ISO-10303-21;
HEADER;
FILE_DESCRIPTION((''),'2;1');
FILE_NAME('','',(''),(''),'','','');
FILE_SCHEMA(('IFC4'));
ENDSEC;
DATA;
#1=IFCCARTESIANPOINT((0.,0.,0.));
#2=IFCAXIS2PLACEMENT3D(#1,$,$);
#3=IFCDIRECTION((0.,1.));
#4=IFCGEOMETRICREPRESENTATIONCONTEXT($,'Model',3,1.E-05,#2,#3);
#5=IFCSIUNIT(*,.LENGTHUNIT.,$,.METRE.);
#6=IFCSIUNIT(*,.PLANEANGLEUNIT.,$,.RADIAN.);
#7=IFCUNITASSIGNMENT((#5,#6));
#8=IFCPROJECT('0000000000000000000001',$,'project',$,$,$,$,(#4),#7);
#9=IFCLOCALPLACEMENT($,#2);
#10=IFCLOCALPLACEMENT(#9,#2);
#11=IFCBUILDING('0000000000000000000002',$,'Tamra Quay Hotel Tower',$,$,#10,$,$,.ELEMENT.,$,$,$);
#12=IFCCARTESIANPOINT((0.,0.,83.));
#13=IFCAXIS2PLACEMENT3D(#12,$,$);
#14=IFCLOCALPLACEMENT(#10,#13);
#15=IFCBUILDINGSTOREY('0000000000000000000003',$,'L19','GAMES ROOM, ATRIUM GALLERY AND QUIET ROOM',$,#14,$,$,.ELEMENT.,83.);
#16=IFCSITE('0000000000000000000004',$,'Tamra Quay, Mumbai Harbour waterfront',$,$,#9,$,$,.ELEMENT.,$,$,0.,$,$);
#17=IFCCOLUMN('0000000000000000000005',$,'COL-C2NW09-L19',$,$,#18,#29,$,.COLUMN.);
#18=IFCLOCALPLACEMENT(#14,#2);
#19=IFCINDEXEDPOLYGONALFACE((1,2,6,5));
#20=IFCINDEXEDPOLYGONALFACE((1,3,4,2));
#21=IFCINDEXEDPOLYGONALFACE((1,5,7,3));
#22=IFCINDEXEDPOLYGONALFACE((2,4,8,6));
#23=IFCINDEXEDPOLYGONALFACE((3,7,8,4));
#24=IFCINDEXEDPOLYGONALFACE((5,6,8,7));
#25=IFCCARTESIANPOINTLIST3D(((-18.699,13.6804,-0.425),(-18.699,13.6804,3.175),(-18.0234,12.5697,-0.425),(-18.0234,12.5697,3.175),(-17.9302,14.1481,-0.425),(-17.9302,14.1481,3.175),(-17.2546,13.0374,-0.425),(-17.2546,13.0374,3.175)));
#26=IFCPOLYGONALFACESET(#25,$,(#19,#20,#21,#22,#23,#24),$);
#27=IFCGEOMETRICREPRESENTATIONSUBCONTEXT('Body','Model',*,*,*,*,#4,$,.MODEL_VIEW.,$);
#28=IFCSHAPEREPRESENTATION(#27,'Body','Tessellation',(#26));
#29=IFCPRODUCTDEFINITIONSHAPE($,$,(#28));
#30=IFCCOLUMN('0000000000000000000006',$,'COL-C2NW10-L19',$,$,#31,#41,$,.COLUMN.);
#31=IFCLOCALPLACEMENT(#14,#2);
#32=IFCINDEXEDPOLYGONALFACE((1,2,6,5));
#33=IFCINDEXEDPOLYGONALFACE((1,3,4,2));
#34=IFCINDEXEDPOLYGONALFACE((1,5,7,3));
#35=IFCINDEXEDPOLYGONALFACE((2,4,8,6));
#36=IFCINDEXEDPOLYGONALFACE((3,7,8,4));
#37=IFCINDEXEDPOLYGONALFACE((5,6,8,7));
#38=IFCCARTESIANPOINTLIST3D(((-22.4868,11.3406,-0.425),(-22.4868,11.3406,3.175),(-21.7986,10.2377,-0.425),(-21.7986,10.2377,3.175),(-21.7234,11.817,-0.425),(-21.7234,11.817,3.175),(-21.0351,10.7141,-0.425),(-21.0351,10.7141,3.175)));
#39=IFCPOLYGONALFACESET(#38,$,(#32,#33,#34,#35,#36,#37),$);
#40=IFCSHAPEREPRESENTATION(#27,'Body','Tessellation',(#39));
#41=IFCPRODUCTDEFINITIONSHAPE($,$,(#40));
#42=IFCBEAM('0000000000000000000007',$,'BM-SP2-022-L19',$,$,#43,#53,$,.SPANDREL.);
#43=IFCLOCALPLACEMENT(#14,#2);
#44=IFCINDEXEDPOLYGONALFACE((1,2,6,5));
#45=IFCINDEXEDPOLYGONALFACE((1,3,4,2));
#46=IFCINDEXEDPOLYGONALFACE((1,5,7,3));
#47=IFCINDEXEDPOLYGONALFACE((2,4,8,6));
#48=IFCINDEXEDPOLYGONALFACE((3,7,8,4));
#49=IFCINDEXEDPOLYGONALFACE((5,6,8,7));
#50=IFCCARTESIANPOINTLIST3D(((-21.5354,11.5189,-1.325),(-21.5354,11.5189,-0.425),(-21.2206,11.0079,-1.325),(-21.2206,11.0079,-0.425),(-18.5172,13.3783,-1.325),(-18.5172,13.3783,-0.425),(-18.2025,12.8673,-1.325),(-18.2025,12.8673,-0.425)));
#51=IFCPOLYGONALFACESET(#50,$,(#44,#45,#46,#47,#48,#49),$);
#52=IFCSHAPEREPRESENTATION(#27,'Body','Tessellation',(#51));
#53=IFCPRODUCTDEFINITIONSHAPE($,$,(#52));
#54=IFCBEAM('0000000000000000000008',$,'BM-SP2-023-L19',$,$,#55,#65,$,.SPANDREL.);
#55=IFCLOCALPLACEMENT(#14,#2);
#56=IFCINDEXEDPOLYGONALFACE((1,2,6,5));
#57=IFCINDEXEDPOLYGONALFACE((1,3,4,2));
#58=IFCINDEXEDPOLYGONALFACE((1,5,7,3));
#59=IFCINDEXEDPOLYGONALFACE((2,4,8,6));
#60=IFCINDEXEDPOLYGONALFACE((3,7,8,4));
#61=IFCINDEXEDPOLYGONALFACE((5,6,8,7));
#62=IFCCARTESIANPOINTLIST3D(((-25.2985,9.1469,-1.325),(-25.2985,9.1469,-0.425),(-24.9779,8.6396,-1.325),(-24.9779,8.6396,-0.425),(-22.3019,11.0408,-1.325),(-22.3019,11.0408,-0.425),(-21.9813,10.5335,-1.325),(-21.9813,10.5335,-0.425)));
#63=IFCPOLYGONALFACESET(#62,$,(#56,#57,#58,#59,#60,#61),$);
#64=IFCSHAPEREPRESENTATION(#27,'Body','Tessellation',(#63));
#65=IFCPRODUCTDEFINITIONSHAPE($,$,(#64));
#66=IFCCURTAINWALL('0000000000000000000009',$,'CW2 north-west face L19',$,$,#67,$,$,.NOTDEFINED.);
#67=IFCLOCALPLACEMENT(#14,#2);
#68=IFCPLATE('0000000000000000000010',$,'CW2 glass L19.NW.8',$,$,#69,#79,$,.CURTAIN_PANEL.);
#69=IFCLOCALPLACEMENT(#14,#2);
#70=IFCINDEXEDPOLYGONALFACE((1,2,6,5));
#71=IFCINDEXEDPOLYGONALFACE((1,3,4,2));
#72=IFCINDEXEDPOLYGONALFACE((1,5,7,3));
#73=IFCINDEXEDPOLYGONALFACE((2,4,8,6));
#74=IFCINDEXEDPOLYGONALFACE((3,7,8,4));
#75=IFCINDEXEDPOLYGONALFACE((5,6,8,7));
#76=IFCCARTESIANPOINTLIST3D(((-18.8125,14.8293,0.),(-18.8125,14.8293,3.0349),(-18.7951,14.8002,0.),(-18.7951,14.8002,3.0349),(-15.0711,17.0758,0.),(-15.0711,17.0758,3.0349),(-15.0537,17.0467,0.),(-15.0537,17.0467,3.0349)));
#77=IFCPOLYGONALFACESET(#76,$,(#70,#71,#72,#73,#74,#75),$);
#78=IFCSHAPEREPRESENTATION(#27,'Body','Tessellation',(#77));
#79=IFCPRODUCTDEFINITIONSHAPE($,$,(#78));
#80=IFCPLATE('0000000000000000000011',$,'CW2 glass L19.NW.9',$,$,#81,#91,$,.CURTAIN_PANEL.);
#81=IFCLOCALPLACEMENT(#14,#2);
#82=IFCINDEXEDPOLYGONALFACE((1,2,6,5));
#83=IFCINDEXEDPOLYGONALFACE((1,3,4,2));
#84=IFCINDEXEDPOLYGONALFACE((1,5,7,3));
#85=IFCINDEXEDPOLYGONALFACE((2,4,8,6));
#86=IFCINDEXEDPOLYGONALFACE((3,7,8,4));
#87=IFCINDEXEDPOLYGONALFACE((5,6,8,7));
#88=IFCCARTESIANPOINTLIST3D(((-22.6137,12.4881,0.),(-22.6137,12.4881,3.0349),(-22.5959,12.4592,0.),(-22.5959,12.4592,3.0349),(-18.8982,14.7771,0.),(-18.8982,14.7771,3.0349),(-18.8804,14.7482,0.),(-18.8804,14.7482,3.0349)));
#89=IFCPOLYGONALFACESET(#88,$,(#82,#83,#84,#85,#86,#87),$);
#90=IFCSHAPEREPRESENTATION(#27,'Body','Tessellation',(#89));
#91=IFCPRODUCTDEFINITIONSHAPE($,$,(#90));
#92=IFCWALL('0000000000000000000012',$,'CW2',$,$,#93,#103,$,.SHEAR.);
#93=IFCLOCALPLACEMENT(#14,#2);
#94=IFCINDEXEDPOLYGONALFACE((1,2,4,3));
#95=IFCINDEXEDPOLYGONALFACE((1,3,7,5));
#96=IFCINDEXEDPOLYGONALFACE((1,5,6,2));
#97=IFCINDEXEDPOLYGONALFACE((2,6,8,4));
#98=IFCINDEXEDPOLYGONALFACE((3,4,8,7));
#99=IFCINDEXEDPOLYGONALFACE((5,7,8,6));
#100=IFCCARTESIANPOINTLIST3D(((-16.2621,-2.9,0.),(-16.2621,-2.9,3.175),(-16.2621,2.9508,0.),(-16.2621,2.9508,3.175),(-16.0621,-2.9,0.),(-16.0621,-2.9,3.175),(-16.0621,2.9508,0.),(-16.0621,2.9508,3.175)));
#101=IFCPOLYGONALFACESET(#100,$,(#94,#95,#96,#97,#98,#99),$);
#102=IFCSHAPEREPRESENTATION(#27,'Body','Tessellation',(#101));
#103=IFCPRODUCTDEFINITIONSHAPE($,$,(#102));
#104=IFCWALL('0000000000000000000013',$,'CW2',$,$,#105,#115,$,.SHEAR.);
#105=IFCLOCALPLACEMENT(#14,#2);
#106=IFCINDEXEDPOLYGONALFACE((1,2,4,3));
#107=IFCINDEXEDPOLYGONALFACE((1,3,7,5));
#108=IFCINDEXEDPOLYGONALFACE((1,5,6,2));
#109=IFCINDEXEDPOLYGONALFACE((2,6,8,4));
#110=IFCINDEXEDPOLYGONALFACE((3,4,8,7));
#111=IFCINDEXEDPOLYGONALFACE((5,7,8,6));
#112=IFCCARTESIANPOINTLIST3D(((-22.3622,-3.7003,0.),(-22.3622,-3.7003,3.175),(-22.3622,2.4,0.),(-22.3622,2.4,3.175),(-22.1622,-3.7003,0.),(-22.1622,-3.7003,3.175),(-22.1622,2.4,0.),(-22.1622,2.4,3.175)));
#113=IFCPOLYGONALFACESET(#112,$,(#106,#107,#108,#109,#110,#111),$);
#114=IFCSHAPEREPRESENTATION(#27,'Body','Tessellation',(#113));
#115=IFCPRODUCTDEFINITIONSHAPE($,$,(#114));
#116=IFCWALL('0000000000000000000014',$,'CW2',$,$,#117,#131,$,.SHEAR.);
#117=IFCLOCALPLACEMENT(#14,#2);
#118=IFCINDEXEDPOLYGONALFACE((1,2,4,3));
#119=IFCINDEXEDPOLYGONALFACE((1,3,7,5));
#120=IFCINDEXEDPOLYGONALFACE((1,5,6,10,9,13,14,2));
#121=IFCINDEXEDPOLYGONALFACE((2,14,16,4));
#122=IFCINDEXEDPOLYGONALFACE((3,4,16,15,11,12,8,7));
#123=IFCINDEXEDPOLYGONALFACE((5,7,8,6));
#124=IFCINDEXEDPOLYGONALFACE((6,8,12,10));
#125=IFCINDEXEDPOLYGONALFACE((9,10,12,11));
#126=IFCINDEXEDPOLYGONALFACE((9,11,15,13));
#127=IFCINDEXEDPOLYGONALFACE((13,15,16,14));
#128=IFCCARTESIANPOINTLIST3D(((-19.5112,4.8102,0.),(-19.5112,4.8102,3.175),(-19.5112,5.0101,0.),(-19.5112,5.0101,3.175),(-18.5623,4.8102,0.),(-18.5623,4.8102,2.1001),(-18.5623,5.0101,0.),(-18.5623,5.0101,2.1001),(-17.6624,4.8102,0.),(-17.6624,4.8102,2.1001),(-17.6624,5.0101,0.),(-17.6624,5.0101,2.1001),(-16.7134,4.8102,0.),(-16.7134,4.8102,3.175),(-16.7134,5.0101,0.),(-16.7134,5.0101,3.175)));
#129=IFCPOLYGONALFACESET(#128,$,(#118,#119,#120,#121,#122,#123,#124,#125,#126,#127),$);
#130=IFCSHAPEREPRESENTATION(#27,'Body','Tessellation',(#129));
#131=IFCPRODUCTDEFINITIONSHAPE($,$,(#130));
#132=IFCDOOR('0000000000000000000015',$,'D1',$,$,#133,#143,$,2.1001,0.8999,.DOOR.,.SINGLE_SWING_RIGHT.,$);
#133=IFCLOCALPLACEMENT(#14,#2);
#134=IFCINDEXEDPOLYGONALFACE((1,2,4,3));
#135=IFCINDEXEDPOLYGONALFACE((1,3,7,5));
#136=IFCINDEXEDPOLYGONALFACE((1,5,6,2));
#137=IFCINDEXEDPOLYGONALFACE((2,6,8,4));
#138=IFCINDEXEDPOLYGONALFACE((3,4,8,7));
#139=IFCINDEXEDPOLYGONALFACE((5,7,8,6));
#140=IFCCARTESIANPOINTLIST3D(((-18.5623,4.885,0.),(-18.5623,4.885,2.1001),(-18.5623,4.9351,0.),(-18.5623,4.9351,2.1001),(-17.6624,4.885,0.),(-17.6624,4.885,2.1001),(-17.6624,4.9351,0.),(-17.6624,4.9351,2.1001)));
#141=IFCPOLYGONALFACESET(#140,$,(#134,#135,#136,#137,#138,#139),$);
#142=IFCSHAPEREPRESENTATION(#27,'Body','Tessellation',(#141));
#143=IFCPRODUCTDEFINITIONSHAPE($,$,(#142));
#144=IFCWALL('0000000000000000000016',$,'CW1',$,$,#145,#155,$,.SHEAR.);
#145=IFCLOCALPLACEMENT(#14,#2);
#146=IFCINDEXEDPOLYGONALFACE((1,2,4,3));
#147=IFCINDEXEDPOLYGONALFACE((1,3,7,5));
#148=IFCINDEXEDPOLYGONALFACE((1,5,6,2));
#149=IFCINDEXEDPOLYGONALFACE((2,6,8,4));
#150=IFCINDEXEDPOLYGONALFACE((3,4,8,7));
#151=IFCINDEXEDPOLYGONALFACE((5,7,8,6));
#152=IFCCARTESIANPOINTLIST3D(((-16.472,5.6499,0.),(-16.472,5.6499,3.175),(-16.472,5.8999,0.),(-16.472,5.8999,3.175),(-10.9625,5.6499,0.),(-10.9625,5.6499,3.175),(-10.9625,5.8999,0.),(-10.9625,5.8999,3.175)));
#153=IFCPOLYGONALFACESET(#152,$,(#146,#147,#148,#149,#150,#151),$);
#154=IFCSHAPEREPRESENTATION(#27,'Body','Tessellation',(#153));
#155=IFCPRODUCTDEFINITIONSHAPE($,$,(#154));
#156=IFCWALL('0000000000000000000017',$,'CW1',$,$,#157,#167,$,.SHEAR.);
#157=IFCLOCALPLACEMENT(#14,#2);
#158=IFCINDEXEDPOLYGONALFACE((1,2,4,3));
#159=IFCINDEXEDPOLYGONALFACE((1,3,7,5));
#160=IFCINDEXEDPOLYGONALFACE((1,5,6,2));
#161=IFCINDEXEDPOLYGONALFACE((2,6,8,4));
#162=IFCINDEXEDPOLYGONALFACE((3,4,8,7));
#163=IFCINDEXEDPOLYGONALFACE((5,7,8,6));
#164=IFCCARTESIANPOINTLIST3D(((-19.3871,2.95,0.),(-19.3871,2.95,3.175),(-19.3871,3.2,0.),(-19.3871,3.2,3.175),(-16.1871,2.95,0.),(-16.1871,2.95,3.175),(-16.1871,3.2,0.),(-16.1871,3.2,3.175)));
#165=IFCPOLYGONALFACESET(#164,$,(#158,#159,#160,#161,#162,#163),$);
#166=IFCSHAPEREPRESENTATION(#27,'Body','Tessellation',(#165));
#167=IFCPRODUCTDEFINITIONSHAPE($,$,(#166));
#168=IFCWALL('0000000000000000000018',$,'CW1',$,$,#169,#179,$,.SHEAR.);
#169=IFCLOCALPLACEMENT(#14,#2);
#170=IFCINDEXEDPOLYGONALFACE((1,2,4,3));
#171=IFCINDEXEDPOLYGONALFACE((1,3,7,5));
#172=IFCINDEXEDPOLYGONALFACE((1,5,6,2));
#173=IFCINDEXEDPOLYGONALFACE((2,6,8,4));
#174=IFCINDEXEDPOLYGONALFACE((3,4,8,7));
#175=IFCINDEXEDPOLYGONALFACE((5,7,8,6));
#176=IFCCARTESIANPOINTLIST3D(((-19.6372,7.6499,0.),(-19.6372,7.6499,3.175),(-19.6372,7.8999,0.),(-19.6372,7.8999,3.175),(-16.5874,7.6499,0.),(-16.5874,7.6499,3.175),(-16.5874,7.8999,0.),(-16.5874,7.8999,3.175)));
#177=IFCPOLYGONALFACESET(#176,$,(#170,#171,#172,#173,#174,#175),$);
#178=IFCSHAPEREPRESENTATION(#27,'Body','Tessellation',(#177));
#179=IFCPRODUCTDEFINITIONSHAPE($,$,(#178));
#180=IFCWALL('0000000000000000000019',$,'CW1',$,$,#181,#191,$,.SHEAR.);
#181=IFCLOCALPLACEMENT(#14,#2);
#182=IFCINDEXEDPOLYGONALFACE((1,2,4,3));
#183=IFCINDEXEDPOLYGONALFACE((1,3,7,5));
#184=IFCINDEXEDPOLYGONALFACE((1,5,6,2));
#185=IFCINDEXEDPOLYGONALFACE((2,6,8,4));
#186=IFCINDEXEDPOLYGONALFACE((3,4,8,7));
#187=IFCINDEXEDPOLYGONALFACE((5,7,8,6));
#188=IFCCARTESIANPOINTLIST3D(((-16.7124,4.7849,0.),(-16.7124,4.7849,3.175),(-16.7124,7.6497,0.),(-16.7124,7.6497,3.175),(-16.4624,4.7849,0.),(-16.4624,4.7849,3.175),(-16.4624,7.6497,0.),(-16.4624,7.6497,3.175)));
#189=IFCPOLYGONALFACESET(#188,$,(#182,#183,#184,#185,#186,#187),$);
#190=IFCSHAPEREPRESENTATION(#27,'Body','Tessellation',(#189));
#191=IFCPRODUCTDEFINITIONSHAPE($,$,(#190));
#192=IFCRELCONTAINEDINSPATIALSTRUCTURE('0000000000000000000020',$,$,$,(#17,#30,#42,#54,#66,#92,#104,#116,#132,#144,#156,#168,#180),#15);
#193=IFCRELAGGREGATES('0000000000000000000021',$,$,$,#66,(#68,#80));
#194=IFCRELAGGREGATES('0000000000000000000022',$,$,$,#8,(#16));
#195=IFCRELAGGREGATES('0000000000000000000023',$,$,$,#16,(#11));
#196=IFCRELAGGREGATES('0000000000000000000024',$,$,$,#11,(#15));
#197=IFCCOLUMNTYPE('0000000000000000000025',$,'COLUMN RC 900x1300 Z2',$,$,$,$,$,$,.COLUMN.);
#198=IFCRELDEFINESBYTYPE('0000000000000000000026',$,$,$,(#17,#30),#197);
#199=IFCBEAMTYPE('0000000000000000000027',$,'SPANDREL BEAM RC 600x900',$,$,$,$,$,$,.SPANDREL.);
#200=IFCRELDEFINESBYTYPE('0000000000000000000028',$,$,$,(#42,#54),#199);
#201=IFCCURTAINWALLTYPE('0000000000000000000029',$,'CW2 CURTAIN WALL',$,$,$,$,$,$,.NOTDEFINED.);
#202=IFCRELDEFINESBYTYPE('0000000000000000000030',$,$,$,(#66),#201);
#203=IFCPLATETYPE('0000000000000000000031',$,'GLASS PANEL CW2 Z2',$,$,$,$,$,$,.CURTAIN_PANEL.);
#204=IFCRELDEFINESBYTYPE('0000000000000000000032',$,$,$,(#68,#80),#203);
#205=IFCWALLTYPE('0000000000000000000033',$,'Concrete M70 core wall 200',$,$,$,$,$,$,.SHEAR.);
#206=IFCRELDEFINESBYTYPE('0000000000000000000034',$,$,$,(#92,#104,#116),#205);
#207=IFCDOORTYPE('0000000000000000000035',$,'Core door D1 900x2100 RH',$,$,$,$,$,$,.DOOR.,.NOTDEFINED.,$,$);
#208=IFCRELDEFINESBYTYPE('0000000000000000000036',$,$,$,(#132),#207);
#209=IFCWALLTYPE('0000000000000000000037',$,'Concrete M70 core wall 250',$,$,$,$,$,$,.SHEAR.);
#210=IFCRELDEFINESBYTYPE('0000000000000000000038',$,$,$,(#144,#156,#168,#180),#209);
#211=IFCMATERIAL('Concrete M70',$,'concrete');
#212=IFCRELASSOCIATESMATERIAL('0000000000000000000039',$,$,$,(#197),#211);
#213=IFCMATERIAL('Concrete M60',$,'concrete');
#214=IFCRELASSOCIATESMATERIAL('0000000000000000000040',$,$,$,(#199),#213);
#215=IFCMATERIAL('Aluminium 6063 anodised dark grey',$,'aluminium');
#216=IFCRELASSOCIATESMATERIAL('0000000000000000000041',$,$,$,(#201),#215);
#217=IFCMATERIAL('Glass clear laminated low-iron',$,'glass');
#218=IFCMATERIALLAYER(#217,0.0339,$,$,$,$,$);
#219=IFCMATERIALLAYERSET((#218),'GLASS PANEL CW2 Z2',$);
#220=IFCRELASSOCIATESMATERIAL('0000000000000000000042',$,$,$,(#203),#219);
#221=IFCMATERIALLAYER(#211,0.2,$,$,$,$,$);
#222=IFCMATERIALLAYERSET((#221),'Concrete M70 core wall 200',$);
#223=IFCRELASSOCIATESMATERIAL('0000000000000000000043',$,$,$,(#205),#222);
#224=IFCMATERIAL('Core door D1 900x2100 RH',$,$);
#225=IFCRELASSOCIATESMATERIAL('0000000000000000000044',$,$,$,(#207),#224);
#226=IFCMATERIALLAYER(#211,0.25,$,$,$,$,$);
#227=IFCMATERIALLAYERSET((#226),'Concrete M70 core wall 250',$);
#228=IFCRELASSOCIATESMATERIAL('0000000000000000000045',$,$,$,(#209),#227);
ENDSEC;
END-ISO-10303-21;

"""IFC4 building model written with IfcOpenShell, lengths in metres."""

from ifc_helpers import new_model, si_unit, direction, frame, frame_2d, origin, origin_2d, place, context, subcontext, project, spatial, rectangle, extrude, material, layer, layer_set, material_profile, profile_set, type_object, element, fill, aggregate, save


model = new_model("IFC4")

# Units and contexts
model_context = context("Model", 3, precision=1e-05, world=origin(), true_north=direction((0.0, 1.0)))
body_context = subcontext(model_context, "Body", "Model", "MODEL_VIEW")
ifc_project = project(units=[si_unit("LENGTHUNIT", "METRE"), si_unit("PLANEANGLEUNIT", "RADIAN")], contexts=[model_context])

# Site, building, storey
site_placement = place(None, origin())
site = spatial("IfcSite", under=ifc_project, at=site_placement, Name="Tamra Quay, Mumbai Harbour waterfront", CompositionType="ELEMENT", RefElevation=0.0)
building_placement = place(site_placement, origin())
building = spatial("IfcBuilding", under=site, at=building_placement, Name="Tamra Quay Hotel Tower", CompositionType="ELEMENT")
storey_placement = place(building_placement, frame((0.0, 0.0, 83.0)))
storey = spatial("IfcBuildingStorey", under=building, at=storey_placement, Name="L19", Description="GAMES ROOM, ATRIUM GALLERY AND QUIET ROOM", CompositionType="ELEMENT", Elevation=83.0)

# Columns
ifc_material_1 = material(Name="Concrete M70", Category="concrete")
ifc_material_profile_1 = material_profile(ifc_material_1, rectangle(XDim=1.3, YDim=0.8999, at=origin_2d()), Name="COLUMN RC 900x1300 Z2")
ifc_profile_set_1 = profile_set([ifc_material_profile_1], Name="Concrete M70")
column_type = type_object("IfcColumnType", Name="COLUMN RC 900x1300 Z2", PredefinedType="COLUMN", material=ifc_profile_set_1)
for number, where, z_axis, x_axis, name in (
    (1, (-17.9768, 13.3589, -0.425), (0.0, 0.0, 1.0), (-0.519679, 0.854362, 0.0), "COL-C2NW09-L19"),
    (2, (-21.761, 11.0273, -0.425), (0.0, 0.0, 1.0), (-0.52941, 0.848366, 0.0), "COL-C2NW10-L19"),
):
    element("IfcColumn", number, at=place(storey_placement, frame(where, z_axis=z_axis, x_axis=x_axis)), inside=storey, type_object=column_type, Name=name, PredefinedType="COLUMN", context=body_context, shape_type="SweptSolid", body=[
        extrude(rectangle(XDim=1.3, YDim=0.8999, at=origin_2d()), origin(), (0.0, 0.0, 1.0), 3.6001),
    ])

# Beams
ifc_material_2 = material(Name="Concrete M60", Category="concrete")
ifc_material_profile_2 = material_profile(ifc_material_2, rectangle(XDim=0.6001, YDim=0.8999, at=origin_2d()), Name="SPANDREL BEAM RC 600x900")
ifc_profile_set_2 = profile_set([ifc_material_profile_2], Name="Concrete M60")
beam_type = type_object("IfcBeamType", Name="SPANDREL BEAM RC 600x900", PredefinedType="SPANDREL", material=ifc_profile_set_2)
for number, where, z_axis, x_axis, name in (
    (3, (-18.3599, 13.1228, -0.875), (-0.851393, -0.524528, 0.0), (0.524528, -0.851393, 0.0), "BM-SP2-022-L19"),
    (4, (-22.1416, 10.7871, -0.875), (-0.845333, -0.534239, 0.0), (0.534239, -0.845333, 0.0), "BM-SP2-023-L19"),
):
    element("IfcBeam", number, at=place(storey_placement, frame(where, z_axis=z_axis, x_axis=x_axis)), inside=storey, type_object=beam_type, Name=name, PredefinedType="SPANDREL", context=body_context, shape_type="SweptSolid", body=[
        extrude(rectangle(XDim=0.6001, YDim=0.8999, at=origin_2d()), origin(), (0.0, 0.0, 1.0), 3.5449),
    ])

# Curtain wall, plates
ifc_material_3 = material(Name="Aluminium 6063 anodised dark grey", Category="aluminium")
curtain_wall_type = type_object("IfcCurtainWallType", Name="CW2 CURTAIN WALL", PredefinedType="NOTDEFINED", material=ifc_material_3)
curtain_wall_placement = place(storey_placement, origin())
curtain_wall = element("IfcCurtainWall", 5, at=curtain_wall_placement, inside=storey, type_object=curtain_wall_type, Name="CW2 north-west face L19", PredefinedType="NOTDEFINED")
ifc_material_4 = material(Name="Glass clear laminated low-iron", Category="glass")
ifc_layer_1 = layer(ifc_material_4, 0.0339)
ifc_layer_set_1 = layer_set([ifc_layer_1], Name="GLASS PANEL CW2 Z2")
plate_type = type_object("IfcPlateType", Name="GLASS PANEL CW2 Z2", PredefinedType="CURTAIN_PANEL", material=ifc_layer_set_1)
plate_1_placement = place(storey_placement, frame((-16.9331, 15.938, 0.0), z_axis=(0.0, 0.0, 1.0), x_axis=(-0.857331, -0.514765, 0.0)))
plate_1 = element("IfcPlate", 6, at=plate_1_placement, type_object=plate_type, Name="CW2 glass L19.NW.8", PredefinedType="CURTAIN_PANEL", context=body_context, shape_type="SweptSolid", body=[
    extrude(rectangle(XDim=4.364, YDim=0.0339, at=origin_2d()), origin(), (0.0, 0.0, 1.0), 3.0349),
])
plate_2_placement = place(storey_placement, frame((-20.7471, 13.6182, 0.0), z_axis=(0.0, 0.0, 1.0), x_axis=(-0.851399, -0.524518, 0.0)))
plate_2 = element("IfcPlate", 7, at=plate_2_placement, type_object=plate_type, Name="CW2 glass L19.NW.9", PredefinedType="CURTAIN_PANEL", context=body_context, shape_type="SweptSolid", body=[
    extrude(rectangle(XDim=4.364, YDim=0.0339, at=origin_2d()), origin(), (0.0, 0.0, 1.0), 3.0349),
])
aggregate(curtain_wall, [plate_1, plate_2])

# Walls
ifc_layer_2 = layer(ifc_material_1, 0.2)
ifc_layer_set_2 = layer_set([ifc_layer_2], Name="Concrete M70 core wall 200")
wall_type_1 = type_object("IfcWallType", Name="Concrete M70 core wall 200", PredefinedType="SHEAR", material=ifc_layer_set_2)
wall_1_placement = place(storey_placement, frame((-16.1621, 2.9507, 0.0), z_axis=(0.0, 0.0, 1.0), x_axis=(0.0, -1.0, 0.0)))
element("IfcWall", 8, at=wall_1_placement, inside=storey, type_object=wall_type_1, Name="CW2", PredefinedType="SHEAR", context=body_context, shape_type="SweptSolid", body=[
    extrude(rectangle(XDim=5.8508, YDim=0.2, at=frame_2d((2.9253, 0.0))), origin(), (0.0, 0.0, 1.0), 3.175),
])
wall_2_placement = place(storey_placement, frame((-22.2622, 2.4001, 0.0), z_axis=(0.0, 0.0, 1.0), x_axis=(0.0, -1.0, 0.0)))
element("IfcWall", 9, at=wall_2_placement, inside=storey, type_object=wall_type_1, Name="CW2", PredefinedType="SHEAR", context=body_context, shape_type="SweptSolid", body=[
    extrude(rectangle(XDim=6.1003, YDim=0.2, at=frame_2d((3.0503, 0.0))), origin(), (0.0, 0.0, 1.0), 3.175),
])

# Wall, opening, door
wall_3_placement = place(storey_placement, frame((-19.5112, 4.9102, 0.0), z_axis=(0.0, 0.0, 1.0), x_axis=(1.0, 0.0, 0.0)))
wall_3 = element("IfcWall", 10, at=wall_3_placement, inside=storey, type_object=wall_type_1, Name="CW2", PredefinedType="SHEAR", context=body_context, shape_type="SweptSolid", body=[
    extrude(rectangle(XDim=2.7979, YDim=0.2, at=frame_2d((1.3989, 0.0))), origin(), (0.0, 0.0, 1.0), 3.175),
])
opening_1_placement = place(wall_3_placement, frame((0.949, 0.0, 0.0)))
opening_1 = element("IfcOpeningElement", 11, at=opening_1_placement, cuts=wall_3, PredefinedType="OPENING", context=body_context, shape_type="SweptSolid", body=[
    extrude(rectangle(XDim=0.8999, YDim=2.1001, at=frame_2d((0.45, 1.05))), frame((0.0, 0.1099, 0.0), z_axis=(0.0, -1.0, 0.0), x_axis=(1.0, 0.0, 0.0)), (0.0, 0.0, 1.0), 0.22),
])
ifc_material_5 = material(Name="Core door D1 900x2100 RH")
door_type_1 = type_object("IfcDoorType", Name="Core door D1 900x2100 RH", OperationType="NOTDEFINED", PredefinedType="DOOR", material=ifc_material_5)
door_1_placement = place(opening_1_placement, origin())
door_1 = element("IfcDoor", 12, at=door_1_placement, inside=storey, type_object=door_type_1, Name="D1", OperationType="SINGLE_SWING_RIGHT", OverallHeight=2.1001, OverallWidth=0.8999, PredefinedType="DOOR", context=body_context, shape_type="SweptSolid", body=[
    extrude(rectangle(XDim=0.8999, YDim=2.1001, at=frame_2d((0.45, 1.05))), frame((0.0, 0.0249, 0.0), z_axis=(0.0, -1.0, 0.0), x_axis=(1.0, 0.0, 0.0)), (0.0, 0.0, 1.0), 0.05),
])
fill(opening_1, door_1)

# Walls
ifc_layer_3 = layer(ifc_material_1, 0.25)
ifc_layer_set_3 = layer_set([ifc_layer_3], Name="Concrete M70 core wall 250")
wall_type_2 = type_object("IfcWallType", Name="Concrete M70 core wall 250", PredefinedType="SHEAR", material=ifc_layer_set_3)
wall_4_placement = place(storey_placement, frame((-16.4722, 5.7749, 0.0), z_axis=(0.0, 0.0, 1.0), x_axis=(1.0, 0.0, 0.0)))
element("IfcWall", 13, at=wall_4_placement, inside=storey, type_object=wall_type_2, Name="CW1", PredefinedType="SHEAR", context=body_context, shape_type="SweptSolid", body=[
    extrude(rectangle(XDim=5.5095, YDim=0.25, at=frame_2d((2.7549, 0.0))), origin(), (0.0, 0.0, 1.0), 3.175),
])
wall_5_placement = place(storey_placement, frame((-19.3872, 3.075, 0.0), z_axis=(0.0, 0.0, 1.0), x_axis=(1.0, 0.0, 0.0)))
element("IfcWall", 14, at=wall_5_placement, inside=storey, type_object=wall_type_2, Name="CW1", PredefinedType="SHEAR", context=body_context, shape_type="SweptSolid", body=[
    extrude(rectangle(XDim=3.2, YDim=0.25, at=frame_2d((1.6001, 0.0))), origin(), (0.0, 0.0, 1.0), 3.175),
])
wall_6_placement = place(storey_placement, frame((-19.6372, 7.7749, 0.0), z_axis=(0.0, 0.0, 1.0), x_axis=(1.0, 0.0, 0.0)))
element("IfcWall", 15, at=wall_6_placement, inside=storey, type_object=wall_type_2, Name="CW1", PredefinedType="SHEAR", context=body_context, shape_type="SweptSolid", body=[
    extrude(rectangle(XDim=3.0498, YDim=0.25, at=frame_2d((1.5249, 0.0))), origin(), (0.0, 0.0, 1.0), 3.175),
])
for number, where, z_axis, x_axis, name in (
    (16, (-16.5874, 7.6497, 0.0), (0.0, 0.0, 1.0), (0.0, -1.0, 0.0), "CW1"),
):
    element("IfcWall", number, at=place(storey_placement, frame(where, z_axis=z_axis, x_axis=x_axis)), inside=storey, type_object=wall_type_2, Name=name, PredefinedType="SHEAR", context=body_context, shape_type="SweptSolid", body=[
        extrude(rectangle(XDim=2.8647, YDim=0.25, at=frame_2d((1.4324, 0.0))), origin(), (0.0, 0.0, 1.0), 3.175),
    ])

save(model, "model.ifc")
